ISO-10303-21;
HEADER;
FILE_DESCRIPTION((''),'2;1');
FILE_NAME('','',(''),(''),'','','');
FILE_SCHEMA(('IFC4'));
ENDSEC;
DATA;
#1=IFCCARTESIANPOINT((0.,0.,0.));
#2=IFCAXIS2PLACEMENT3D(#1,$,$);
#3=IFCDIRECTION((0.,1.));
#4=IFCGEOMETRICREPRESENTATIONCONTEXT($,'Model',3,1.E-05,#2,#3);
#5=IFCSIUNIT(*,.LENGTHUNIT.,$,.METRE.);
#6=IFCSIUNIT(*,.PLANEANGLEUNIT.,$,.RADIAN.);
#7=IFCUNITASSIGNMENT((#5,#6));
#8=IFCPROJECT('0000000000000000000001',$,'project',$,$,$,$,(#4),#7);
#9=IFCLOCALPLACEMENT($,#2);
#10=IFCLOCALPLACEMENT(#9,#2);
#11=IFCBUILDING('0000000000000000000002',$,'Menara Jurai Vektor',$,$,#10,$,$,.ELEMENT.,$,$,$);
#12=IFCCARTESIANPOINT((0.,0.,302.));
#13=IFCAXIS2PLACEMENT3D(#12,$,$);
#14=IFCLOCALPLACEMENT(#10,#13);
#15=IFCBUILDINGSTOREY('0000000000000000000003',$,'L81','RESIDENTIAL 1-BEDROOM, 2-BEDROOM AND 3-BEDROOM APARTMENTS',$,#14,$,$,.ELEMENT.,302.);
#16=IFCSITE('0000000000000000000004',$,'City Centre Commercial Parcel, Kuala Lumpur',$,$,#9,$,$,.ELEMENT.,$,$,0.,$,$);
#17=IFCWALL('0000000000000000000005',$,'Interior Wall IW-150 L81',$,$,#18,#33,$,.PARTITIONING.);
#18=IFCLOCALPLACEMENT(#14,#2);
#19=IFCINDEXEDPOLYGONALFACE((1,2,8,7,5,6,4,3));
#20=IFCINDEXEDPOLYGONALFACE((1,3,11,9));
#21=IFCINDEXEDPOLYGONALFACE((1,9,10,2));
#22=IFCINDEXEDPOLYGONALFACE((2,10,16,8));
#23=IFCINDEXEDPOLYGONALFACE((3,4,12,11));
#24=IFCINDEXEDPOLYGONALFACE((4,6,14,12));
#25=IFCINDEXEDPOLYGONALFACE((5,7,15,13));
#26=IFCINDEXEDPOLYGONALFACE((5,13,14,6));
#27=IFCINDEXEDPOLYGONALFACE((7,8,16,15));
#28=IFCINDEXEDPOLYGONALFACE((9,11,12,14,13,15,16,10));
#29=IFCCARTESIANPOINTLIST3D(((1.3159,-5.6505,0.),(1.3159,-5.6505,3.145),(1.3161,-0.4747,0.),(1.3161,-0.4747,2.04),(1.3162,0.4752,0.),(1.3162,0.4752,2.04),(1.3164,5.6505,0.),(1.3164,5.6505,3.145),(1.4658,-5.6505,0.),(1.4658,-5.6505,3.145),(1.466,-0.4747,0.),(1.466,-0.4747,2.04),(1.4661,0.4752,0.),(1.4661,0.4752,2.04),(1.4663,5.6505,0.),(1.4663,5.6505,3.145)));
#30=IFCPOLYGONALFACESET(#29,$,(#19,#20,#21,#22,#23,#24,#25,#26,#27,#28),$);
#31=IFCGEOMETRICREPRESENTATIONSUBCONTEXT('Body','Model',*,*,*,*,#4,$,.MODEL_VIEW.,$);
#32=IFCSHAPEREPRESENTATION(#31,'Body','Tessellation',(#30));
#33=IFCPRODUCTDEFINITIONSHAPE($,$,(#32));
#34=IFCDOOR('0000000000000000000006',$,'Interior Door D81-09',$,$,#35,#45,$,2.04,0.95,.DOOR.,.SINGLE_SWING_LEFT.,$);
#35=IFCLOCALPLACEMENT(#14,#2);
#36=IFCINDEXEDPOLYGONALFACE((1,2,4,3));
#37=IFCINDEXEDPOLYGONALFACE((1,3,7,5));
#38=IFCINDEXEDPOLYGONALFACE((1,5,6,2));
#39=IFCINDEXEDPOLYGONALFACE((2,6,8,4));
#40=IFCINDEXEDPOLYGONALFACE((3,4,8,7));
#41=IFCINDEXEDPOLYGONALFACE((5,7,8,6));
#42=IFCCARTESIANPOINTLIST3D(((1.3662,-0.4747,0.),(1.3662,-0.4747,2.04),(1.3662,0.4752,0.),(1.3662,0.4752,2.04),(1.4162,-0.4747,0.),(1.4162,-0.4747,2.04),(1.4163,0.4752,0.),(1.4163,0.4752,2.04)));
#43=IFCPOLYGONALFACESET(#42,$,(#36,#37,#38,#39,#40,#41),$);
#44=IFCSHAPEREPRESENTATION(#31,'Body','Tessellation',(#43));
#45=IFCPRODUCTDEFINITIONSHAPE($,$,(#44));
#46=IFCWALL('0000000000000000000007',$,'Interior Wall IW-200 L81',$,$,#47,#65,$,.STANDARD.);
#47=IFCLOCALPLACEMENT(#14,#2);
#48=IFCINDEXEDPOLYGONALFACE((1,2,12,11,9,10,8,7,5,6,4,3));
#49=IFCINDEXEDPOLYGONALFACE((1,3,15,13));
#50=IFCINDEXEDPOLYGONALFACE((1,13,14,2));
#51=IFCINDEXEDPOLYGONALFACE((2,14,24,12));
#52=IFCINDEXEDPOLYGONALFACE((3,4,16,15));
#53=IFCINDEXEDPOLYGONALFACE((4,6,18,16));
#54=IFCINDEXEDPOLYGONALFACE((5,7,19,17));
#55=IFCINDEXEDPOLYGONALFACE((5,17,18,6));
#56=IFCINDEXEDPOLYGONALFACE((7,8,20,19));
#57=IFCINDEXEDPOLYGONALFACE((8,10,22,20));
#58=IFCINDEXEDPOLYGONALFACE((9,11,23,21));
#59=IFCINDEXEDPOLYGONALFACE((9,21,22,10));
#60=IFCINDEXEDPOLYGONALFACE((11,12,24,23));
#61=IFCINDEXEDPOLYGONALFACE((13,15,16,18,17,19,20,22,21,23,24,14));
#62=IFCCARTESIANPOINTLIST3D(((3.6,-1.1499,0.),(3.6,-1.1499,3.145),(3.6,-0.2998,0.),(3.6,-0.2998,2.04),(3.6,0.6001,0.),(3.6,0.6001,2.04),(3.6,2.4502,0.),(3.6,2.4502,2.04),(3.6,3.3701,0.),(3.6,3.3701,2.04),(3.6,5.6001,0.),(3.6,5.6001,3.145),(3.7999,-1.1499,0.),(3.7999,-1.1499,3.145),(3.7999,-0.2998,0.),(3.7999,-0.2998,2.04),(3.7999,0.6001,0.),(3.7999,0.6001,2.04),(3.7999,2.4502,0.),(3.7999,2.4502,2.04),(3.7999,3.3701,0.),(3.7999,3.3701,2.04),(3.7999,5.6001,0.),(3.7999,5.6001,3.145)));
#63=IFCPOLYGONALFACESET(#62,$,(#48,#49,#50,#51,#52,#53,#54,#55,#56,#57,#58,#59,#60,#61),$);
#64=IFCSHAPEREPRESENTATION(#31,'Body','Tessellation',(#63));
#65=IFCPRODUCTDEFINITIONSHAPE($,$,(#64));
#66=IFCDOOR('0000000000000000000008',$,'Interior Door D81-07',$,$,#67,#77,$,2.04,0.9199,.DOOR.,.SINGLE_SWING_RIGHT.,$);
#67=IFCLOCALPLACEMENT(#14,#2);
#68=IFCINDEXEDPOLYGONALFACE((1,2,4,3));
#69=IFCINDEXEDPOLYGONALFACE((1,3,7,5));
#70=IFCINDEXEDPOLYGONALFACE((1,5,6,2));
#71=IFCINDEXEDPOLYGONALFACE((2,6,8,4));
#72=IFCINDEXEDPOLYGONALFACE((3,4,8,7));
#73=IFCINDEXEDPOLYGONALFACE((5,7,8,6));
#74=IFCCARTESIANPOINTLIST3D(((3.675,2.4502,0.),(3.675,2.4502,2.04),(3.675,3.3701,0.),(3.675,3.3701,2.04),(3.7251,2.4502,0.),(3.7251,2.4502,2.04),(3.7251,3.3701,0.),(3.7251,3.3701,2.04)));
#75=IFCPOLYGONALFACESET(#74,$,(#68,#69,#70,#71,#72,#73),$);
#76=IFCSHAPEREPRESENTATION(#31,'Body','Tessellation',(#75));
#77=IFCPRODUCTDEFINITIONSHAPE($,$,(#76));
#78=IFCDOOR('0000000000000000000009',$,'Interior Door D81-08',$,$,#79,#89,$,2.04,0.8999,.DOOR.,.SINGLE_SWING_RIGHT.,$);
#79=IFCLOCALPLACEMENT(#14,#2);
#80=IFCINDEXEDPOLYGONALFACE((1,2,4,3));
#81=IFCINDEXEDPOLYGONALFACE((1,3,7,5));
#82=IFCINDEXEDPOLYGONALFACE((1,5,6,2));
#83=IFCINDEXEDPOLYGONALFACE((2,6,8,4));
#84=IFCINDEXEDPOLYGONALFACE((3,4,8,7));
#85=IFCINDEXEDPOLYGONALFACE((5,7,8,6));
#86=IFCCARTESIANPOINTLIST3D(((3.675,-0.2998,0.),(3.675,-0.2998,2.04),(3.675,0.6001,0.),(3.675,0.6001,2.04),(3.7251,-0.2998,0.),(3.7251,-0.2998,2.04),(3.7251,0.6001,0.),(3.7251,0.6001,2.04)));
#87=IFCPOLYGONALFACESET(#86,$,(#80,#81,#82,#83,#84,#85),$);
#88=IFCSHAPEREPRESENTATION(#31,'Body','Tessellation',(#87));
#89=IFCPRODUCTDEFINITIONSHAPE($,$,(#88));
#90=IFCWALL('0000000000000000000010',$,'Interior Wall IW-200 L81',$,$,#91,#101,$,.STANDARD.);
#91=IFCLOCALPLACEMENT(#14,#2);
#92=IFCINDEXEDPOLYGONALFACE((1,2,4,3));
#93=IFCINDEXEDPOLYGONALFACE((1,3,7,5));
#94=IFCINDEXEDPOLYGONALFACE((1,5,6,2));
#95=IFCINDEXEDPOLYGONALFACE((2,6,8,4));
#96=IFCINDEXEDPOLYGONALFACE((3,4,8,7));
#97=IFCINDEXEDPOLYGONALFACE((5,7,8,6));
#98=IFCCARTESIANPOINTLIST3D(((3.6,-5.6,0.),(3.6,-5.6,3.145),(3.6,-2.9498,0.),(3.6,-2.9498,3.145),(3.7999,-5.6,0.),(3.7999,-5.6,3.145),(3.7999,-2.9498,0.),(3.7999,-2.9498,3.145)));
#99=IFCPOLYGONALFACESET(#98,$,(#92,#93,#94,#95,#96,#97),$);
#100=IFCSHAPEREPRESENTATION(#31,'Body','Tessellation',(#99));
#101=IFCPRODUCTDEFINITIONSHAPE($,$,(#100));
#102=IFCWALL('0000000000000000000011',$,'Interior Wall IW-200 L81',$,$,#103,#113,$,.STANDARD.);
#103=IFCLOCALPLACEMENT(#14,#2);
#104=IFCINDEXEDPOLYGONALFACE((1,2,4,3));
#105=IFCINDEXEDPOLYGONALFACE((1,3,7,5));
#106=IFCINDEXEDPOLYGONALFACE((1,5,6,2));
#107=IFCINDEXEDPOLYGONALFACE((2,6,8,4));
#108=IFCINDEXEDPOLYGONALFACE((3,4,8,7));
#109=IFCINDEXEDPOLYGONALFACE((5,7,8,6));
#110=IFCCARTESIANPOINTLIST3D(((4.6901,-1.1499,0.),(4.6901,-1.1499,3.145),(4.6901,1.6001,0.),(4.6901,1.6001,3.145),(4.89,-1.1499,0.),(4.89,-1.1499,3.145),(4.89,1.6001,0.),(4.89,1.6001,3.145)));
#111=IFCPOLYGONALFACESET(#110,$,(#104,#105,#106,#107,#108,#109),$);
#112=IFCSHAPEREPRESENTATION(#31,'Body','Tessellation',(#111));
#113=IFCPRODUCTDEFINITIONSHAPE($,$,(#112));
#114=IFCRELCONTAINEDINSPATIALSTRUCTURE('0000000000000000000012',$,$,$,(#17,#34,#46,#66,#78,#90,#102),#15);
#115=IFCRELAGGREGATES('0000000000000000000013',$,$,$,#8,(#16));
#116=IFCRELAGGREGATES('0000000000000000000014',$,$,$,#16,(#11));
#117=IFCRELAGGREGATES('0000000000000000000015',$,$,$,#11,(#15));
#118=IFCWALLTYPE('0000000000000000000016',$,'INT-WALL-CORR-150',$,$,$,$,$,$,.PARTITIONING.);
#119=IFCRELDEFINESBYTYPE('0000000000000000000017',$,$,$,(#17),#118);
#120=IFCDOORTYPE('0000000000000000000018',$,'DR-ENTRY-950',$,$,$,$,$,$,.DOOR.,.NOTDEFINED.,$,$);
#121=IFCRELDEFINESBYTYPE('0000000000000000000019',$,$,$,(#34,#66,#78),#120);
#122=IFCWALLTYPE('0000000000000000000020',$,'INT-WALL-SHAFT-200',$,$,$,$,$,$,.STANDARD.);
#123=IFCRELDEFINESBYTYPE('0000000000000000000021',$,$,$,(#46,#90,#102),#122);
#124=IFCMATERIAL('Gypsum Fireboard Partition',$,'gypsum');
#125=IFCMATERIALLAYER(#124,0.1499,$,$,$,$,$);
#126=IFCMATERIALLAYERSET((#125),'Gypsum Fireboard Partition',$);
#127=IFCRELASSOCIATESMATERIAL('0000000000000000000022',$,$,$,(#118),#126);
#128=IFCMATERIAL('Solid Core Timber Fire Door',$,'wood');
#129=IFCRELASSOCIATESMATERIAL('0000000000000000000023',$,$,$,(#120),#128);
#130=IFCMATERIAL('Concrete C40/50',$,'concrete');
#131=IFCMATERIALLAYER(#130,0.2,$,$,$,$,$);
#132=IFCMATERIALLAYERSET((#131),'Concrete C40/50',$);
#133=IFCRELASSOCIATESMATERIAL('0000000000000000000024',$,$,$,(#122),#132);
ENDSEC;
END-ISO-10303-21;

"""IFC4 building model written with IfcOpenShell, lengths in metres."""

from ifc_helpers import new_model, si_unit, direction, frame, frame_2d, origin, place, context, subcontext, project, spatial, rectangle, extrude, material, layer, layer_set, type_object, element, fill, save


model = new_model("IFC4")

# Units and contexts
model_context = context("Model", 3, precision=1e-05, world=origin(), true_north=direction((0.0, 1.0)))
body_context = subcontext(model_context, "Body", "Model", "MODEL_VIEW")
ifc_project = project(units=[si_unit("LENGTHUNIT", "METRE"), si_unit("PLANEANGLEUNIT", "RADIAN")], contexts=[model_context])

# Site, building, storey
site_placement = place(None, origin())
site = spatial("IfcSite", under=ifc_project, at=site_placement, Name="City Centre Commercial Parcel, Kuala Lumpur", CompositionType="ELEMENT", RefElevation=0.0)
building_placement = place(site_placement, origin())
building = spatial("IfcBuilding", under=site, at=building_placement, Name="Menara Jurai Vektor", CompositionType="ELEMENT")
storey_placement = place(building_placement, frame((0.0, 0.0, 302.0)))
storey = spatial("IfcBuildingStorey", under=building, at=storey_placement, Name="L81", Description="RESIDENTIAL 1-BEDROOM, 2-BEDROOM AND 3-BEDROOM APARTMENTS", CompositionType="ELEMENT", Elevation=302.0)

# Shared definitions
ifc_material_1 = material(Name="Concrete C40/50", Category="concrete")

# Shared definitions
ifc_material_2 = material(Name="Gypsum Fireboard Partition", Category="gypsum")
ifc_layer_1 = layer(ifc_material_2, 0.1499)
ifc_layer_set_1 = layer_set([ifc_layer_1], Name="Gypsum Fireboard Partition")
wall_type_1 = type_object("IfcWallType", Name="INT-WALL-CORR-150", PredefinedType="PARTITIONING", material=ifc_layer_set_1)

# Wall, opening, door
wall_1_placement = place(storey_placement, frame((1.3909, -5.6504, 0.0), z_axis=(0.0, 0.0, 1.0), x_axis=(0.000043, 1.0, 0.0)))
wall_1 = element("IfcWall", 1, at=wall_1_placement, inside=storey, type_object=wall_type_1, Name="Interior Wall IW-150 L81", PredefinedType="PARTITIONING", context=body_context, shape_type="SweptSolid", body=[
    extrude(rectangle(XDim=11.301, YDim=0.1499, at=frame_2d((5.6504, 0.0))), origin(), (0.0, 0.0, 1.0), 3.145),
])
opening_1_placement = place(wall_1_placement, frame((5.1755, 0.0, 0.0)))
opening_1 = element("IfcOpeningElement", 2, at=opening_1_placement, cuts=wall_1, PredefinedType="OPENING", context=body_context, shape_type="SweptSolid", body=[
    extrude(rectangle(XDim=0.95, YDim=2.04, at=frame_2d((0.4751, 1.02))), frame((0.0, 0.085, 0.0), z_axis=(0.0, -1.0, 0.0), x_axis=(1.0, 0.0, 0.0)), (0.0, 0.0, 1.0), 0.1699),
])
ifc_material_3 = material(Name="Solid Core Timber Fire Door", Category="wood")
door_type_1 = type_object("IfcDoorType", Name="DR-ENTRY-950", OperationType="NOTDEFINED", PredefinedType="DOOR", material=ifc_material_3)
door_1_placement = place(opening_1_placement, origin())
door_1 = element("IfcDoor", 3, at=door_1_placement, inside=storey, type_object=door_type_1, Name="Interior Door D81-09", OperationType="SINGLE_SWING_LEFT", OverallHeight=2.04, OverallWidth=0.95, PredefinedType="DOOR", context=body_context, shape_type="SweptSolid", body=[
    extrude(rectangle(XDim=0.95, YDim=2.04, at=frame_2d((0.4751, 1.02))), frame((0.0, 0.0249, 0.0), z_axis=(0.0, -1.0, 0.0), x_axis=(1.0, 0.0, 0.0)), (0.0, 0.0, 1.0), 0.05),
])
fill(opening_1, door_1)

# Wall, openings, doors
ifc_layer_2 = layer(ifc_material_1, 0.2)
ifc_layer_set_2 = layer_set([ifc_layer_2], Name="Concrete C40/50")
wall_type_2 = type_object("IfcWallType", Name="INT-WALL-SHAFT-200", PredefinedType="STANDARD", material=ifc_layer_set_2)
wall_2_placement = place(storey_placement, frame((3.7, -1.1499, 0.0), z_axis=(0.0, 0.0, 1.0), x_axis=(0.0, 1.0, 0.0)))
wall_2 = element("IfcWall", 4, at=wall_2_placement, inside=storey, type_object=wall_type_2, Name="Interior Wall IW-200 L81", PredefinedType="STANDARD", context=body_context, shape_type="SweptSolid", body=[
    extrude(rectangle(XDim=6.75, YDim=0.2, at=frame_2d((3.375, 0.0))), origin(), (0.0, 0.0, 1.0), 3.145),
])
opening_2_placement = place(wall_2_placement, frame((3.6001, 0.0, 0.0)))
opening_2 = element("IfcOpeningElement", 5, at=opening_2_placement, cuts=wall_2, PredefinedType="OPENING", context=body_context, shape_type="SweptSolid", body=[
    extrude(rectangle(XDim=0.9199, YDim=2.04, at=frame_2d((0.46, 1.02))), frame((0.0, 0.1099, 0.0), z_axis=(0.0, -1.0, 0.0), x_axis=(1.0, 0.0, 0.0)), (0.0, 0.0, 1.0), 0.22),
])
opening_3_placement = place(wall_2_placement, frame((0.8501, 0.0, 0.0)))
opening_3 = element("IfcOpeningElement", 6, at=opening_3_placement, cuts=wall_2, PredefinedType="OPENING", context=body_context, shape_type="SweptSolid", body=[
    extrude(rectangle(XDim=0.8999, YDim=2.04, at=frame_2d((0.45, 1.02))), frame((0.0, 0.1099, 0.0), z_axis=(0.0, -1.0, 0.0), x_axis=(1.0, 0.0, 0.0)), (0.0, 0.0, 1.0), 0.22),
])
door_2_placement = place(opening_2_placement, origin())
door_2 = element("IfcDoor", 7, at=door_2_placement, inside=storey, type_object=door_type_1, Name="Interior Door D81-07", OperationType="SINGLE_SWING_RIGHT", OverallHeight=2.04, OverallWidth=0.9199, PredefinedType="DOOR", context=body_context, shape_type="SweptSolid", body=[
    extrude(rectangle(XDim=0.9199, YDim=2.04, at=frame_2d((0.46, 1.02))), frame((0.0, 0.0249, 0.0), z_axis=(0.0, -1.0, 0.0), x_axis=(1.0, 0.0, 0.0)), (0.0, 0.0, 1.0), 0.05),
])
fill(opening_2, door_2)
door_3_placement = place(opening_3_placement, origin())
door_3 = element("IfcDoor", 8, at=door_3_placement, inside=storey, type_object=door_type_1, Name="Interior Door D81-08", OperationType="SINGLE_SWING_RIGHT", OverallHeight=2.04, OverallWidth=0.8999, PredefinedType="DOOR", context=body_context, shape_type="SweptSolid", body=[
    extrude(rectangle(XDim=0.8999, YDim=2.04, at=frame_2d((0.45, 1.02))), frame((0.0, 0.0249, 0.0), z_axis=(0.0, -1.0, 0.0), x_axis=(1.0, 0.0, 0.0)), (0.0, 0.0, 1.0), 0.05),
])
fill(opening_3, door_3)

# Walls
wall_3_placement = place(storey_placement, frame((3.7, -5.6001, 0.0), z_axis=(0.0, 0.0, 1.0), x_axis=(0.0, 1.0, 0.0)))
element("IfcWall", 9, at=wall_3_placement, inside=storey, type_object=wall_type_2, Name="Interior Wall IW-200 L81", PredefinedType="STANDARD", context=body_context, shape_type="SweptSolid", body=[
    extrude(rectangle(XDim=2.6501, YDim=0.2, at=frame_2d((1.3252, 0.0))), origin(), (0.0, 0.0, 1.0), 3.145),
])
wall_4_placement = place(storey_placement, frame((4.79, -1.1499, 0.0), z_axis=(0.0, 0.0, 1.0), x_axis=(0.0, 1.0, 0.0)))
element("IfcWall", 10, at=wall_4_placement, inside=storey, type_object=wall_type_2, Name="Interior Wall IW-200 L81", PredefinedType="STANDARD", context=body_context, shape_type="SweptSolid", body=[
    extrude(rectangle(XDim=2.75, YDim=0.2, at=frame_2d((1.375, 0.0))), origin(), (0.0, 0.0, 1.0), 3.145),
])

save(model, "model.ifc")
